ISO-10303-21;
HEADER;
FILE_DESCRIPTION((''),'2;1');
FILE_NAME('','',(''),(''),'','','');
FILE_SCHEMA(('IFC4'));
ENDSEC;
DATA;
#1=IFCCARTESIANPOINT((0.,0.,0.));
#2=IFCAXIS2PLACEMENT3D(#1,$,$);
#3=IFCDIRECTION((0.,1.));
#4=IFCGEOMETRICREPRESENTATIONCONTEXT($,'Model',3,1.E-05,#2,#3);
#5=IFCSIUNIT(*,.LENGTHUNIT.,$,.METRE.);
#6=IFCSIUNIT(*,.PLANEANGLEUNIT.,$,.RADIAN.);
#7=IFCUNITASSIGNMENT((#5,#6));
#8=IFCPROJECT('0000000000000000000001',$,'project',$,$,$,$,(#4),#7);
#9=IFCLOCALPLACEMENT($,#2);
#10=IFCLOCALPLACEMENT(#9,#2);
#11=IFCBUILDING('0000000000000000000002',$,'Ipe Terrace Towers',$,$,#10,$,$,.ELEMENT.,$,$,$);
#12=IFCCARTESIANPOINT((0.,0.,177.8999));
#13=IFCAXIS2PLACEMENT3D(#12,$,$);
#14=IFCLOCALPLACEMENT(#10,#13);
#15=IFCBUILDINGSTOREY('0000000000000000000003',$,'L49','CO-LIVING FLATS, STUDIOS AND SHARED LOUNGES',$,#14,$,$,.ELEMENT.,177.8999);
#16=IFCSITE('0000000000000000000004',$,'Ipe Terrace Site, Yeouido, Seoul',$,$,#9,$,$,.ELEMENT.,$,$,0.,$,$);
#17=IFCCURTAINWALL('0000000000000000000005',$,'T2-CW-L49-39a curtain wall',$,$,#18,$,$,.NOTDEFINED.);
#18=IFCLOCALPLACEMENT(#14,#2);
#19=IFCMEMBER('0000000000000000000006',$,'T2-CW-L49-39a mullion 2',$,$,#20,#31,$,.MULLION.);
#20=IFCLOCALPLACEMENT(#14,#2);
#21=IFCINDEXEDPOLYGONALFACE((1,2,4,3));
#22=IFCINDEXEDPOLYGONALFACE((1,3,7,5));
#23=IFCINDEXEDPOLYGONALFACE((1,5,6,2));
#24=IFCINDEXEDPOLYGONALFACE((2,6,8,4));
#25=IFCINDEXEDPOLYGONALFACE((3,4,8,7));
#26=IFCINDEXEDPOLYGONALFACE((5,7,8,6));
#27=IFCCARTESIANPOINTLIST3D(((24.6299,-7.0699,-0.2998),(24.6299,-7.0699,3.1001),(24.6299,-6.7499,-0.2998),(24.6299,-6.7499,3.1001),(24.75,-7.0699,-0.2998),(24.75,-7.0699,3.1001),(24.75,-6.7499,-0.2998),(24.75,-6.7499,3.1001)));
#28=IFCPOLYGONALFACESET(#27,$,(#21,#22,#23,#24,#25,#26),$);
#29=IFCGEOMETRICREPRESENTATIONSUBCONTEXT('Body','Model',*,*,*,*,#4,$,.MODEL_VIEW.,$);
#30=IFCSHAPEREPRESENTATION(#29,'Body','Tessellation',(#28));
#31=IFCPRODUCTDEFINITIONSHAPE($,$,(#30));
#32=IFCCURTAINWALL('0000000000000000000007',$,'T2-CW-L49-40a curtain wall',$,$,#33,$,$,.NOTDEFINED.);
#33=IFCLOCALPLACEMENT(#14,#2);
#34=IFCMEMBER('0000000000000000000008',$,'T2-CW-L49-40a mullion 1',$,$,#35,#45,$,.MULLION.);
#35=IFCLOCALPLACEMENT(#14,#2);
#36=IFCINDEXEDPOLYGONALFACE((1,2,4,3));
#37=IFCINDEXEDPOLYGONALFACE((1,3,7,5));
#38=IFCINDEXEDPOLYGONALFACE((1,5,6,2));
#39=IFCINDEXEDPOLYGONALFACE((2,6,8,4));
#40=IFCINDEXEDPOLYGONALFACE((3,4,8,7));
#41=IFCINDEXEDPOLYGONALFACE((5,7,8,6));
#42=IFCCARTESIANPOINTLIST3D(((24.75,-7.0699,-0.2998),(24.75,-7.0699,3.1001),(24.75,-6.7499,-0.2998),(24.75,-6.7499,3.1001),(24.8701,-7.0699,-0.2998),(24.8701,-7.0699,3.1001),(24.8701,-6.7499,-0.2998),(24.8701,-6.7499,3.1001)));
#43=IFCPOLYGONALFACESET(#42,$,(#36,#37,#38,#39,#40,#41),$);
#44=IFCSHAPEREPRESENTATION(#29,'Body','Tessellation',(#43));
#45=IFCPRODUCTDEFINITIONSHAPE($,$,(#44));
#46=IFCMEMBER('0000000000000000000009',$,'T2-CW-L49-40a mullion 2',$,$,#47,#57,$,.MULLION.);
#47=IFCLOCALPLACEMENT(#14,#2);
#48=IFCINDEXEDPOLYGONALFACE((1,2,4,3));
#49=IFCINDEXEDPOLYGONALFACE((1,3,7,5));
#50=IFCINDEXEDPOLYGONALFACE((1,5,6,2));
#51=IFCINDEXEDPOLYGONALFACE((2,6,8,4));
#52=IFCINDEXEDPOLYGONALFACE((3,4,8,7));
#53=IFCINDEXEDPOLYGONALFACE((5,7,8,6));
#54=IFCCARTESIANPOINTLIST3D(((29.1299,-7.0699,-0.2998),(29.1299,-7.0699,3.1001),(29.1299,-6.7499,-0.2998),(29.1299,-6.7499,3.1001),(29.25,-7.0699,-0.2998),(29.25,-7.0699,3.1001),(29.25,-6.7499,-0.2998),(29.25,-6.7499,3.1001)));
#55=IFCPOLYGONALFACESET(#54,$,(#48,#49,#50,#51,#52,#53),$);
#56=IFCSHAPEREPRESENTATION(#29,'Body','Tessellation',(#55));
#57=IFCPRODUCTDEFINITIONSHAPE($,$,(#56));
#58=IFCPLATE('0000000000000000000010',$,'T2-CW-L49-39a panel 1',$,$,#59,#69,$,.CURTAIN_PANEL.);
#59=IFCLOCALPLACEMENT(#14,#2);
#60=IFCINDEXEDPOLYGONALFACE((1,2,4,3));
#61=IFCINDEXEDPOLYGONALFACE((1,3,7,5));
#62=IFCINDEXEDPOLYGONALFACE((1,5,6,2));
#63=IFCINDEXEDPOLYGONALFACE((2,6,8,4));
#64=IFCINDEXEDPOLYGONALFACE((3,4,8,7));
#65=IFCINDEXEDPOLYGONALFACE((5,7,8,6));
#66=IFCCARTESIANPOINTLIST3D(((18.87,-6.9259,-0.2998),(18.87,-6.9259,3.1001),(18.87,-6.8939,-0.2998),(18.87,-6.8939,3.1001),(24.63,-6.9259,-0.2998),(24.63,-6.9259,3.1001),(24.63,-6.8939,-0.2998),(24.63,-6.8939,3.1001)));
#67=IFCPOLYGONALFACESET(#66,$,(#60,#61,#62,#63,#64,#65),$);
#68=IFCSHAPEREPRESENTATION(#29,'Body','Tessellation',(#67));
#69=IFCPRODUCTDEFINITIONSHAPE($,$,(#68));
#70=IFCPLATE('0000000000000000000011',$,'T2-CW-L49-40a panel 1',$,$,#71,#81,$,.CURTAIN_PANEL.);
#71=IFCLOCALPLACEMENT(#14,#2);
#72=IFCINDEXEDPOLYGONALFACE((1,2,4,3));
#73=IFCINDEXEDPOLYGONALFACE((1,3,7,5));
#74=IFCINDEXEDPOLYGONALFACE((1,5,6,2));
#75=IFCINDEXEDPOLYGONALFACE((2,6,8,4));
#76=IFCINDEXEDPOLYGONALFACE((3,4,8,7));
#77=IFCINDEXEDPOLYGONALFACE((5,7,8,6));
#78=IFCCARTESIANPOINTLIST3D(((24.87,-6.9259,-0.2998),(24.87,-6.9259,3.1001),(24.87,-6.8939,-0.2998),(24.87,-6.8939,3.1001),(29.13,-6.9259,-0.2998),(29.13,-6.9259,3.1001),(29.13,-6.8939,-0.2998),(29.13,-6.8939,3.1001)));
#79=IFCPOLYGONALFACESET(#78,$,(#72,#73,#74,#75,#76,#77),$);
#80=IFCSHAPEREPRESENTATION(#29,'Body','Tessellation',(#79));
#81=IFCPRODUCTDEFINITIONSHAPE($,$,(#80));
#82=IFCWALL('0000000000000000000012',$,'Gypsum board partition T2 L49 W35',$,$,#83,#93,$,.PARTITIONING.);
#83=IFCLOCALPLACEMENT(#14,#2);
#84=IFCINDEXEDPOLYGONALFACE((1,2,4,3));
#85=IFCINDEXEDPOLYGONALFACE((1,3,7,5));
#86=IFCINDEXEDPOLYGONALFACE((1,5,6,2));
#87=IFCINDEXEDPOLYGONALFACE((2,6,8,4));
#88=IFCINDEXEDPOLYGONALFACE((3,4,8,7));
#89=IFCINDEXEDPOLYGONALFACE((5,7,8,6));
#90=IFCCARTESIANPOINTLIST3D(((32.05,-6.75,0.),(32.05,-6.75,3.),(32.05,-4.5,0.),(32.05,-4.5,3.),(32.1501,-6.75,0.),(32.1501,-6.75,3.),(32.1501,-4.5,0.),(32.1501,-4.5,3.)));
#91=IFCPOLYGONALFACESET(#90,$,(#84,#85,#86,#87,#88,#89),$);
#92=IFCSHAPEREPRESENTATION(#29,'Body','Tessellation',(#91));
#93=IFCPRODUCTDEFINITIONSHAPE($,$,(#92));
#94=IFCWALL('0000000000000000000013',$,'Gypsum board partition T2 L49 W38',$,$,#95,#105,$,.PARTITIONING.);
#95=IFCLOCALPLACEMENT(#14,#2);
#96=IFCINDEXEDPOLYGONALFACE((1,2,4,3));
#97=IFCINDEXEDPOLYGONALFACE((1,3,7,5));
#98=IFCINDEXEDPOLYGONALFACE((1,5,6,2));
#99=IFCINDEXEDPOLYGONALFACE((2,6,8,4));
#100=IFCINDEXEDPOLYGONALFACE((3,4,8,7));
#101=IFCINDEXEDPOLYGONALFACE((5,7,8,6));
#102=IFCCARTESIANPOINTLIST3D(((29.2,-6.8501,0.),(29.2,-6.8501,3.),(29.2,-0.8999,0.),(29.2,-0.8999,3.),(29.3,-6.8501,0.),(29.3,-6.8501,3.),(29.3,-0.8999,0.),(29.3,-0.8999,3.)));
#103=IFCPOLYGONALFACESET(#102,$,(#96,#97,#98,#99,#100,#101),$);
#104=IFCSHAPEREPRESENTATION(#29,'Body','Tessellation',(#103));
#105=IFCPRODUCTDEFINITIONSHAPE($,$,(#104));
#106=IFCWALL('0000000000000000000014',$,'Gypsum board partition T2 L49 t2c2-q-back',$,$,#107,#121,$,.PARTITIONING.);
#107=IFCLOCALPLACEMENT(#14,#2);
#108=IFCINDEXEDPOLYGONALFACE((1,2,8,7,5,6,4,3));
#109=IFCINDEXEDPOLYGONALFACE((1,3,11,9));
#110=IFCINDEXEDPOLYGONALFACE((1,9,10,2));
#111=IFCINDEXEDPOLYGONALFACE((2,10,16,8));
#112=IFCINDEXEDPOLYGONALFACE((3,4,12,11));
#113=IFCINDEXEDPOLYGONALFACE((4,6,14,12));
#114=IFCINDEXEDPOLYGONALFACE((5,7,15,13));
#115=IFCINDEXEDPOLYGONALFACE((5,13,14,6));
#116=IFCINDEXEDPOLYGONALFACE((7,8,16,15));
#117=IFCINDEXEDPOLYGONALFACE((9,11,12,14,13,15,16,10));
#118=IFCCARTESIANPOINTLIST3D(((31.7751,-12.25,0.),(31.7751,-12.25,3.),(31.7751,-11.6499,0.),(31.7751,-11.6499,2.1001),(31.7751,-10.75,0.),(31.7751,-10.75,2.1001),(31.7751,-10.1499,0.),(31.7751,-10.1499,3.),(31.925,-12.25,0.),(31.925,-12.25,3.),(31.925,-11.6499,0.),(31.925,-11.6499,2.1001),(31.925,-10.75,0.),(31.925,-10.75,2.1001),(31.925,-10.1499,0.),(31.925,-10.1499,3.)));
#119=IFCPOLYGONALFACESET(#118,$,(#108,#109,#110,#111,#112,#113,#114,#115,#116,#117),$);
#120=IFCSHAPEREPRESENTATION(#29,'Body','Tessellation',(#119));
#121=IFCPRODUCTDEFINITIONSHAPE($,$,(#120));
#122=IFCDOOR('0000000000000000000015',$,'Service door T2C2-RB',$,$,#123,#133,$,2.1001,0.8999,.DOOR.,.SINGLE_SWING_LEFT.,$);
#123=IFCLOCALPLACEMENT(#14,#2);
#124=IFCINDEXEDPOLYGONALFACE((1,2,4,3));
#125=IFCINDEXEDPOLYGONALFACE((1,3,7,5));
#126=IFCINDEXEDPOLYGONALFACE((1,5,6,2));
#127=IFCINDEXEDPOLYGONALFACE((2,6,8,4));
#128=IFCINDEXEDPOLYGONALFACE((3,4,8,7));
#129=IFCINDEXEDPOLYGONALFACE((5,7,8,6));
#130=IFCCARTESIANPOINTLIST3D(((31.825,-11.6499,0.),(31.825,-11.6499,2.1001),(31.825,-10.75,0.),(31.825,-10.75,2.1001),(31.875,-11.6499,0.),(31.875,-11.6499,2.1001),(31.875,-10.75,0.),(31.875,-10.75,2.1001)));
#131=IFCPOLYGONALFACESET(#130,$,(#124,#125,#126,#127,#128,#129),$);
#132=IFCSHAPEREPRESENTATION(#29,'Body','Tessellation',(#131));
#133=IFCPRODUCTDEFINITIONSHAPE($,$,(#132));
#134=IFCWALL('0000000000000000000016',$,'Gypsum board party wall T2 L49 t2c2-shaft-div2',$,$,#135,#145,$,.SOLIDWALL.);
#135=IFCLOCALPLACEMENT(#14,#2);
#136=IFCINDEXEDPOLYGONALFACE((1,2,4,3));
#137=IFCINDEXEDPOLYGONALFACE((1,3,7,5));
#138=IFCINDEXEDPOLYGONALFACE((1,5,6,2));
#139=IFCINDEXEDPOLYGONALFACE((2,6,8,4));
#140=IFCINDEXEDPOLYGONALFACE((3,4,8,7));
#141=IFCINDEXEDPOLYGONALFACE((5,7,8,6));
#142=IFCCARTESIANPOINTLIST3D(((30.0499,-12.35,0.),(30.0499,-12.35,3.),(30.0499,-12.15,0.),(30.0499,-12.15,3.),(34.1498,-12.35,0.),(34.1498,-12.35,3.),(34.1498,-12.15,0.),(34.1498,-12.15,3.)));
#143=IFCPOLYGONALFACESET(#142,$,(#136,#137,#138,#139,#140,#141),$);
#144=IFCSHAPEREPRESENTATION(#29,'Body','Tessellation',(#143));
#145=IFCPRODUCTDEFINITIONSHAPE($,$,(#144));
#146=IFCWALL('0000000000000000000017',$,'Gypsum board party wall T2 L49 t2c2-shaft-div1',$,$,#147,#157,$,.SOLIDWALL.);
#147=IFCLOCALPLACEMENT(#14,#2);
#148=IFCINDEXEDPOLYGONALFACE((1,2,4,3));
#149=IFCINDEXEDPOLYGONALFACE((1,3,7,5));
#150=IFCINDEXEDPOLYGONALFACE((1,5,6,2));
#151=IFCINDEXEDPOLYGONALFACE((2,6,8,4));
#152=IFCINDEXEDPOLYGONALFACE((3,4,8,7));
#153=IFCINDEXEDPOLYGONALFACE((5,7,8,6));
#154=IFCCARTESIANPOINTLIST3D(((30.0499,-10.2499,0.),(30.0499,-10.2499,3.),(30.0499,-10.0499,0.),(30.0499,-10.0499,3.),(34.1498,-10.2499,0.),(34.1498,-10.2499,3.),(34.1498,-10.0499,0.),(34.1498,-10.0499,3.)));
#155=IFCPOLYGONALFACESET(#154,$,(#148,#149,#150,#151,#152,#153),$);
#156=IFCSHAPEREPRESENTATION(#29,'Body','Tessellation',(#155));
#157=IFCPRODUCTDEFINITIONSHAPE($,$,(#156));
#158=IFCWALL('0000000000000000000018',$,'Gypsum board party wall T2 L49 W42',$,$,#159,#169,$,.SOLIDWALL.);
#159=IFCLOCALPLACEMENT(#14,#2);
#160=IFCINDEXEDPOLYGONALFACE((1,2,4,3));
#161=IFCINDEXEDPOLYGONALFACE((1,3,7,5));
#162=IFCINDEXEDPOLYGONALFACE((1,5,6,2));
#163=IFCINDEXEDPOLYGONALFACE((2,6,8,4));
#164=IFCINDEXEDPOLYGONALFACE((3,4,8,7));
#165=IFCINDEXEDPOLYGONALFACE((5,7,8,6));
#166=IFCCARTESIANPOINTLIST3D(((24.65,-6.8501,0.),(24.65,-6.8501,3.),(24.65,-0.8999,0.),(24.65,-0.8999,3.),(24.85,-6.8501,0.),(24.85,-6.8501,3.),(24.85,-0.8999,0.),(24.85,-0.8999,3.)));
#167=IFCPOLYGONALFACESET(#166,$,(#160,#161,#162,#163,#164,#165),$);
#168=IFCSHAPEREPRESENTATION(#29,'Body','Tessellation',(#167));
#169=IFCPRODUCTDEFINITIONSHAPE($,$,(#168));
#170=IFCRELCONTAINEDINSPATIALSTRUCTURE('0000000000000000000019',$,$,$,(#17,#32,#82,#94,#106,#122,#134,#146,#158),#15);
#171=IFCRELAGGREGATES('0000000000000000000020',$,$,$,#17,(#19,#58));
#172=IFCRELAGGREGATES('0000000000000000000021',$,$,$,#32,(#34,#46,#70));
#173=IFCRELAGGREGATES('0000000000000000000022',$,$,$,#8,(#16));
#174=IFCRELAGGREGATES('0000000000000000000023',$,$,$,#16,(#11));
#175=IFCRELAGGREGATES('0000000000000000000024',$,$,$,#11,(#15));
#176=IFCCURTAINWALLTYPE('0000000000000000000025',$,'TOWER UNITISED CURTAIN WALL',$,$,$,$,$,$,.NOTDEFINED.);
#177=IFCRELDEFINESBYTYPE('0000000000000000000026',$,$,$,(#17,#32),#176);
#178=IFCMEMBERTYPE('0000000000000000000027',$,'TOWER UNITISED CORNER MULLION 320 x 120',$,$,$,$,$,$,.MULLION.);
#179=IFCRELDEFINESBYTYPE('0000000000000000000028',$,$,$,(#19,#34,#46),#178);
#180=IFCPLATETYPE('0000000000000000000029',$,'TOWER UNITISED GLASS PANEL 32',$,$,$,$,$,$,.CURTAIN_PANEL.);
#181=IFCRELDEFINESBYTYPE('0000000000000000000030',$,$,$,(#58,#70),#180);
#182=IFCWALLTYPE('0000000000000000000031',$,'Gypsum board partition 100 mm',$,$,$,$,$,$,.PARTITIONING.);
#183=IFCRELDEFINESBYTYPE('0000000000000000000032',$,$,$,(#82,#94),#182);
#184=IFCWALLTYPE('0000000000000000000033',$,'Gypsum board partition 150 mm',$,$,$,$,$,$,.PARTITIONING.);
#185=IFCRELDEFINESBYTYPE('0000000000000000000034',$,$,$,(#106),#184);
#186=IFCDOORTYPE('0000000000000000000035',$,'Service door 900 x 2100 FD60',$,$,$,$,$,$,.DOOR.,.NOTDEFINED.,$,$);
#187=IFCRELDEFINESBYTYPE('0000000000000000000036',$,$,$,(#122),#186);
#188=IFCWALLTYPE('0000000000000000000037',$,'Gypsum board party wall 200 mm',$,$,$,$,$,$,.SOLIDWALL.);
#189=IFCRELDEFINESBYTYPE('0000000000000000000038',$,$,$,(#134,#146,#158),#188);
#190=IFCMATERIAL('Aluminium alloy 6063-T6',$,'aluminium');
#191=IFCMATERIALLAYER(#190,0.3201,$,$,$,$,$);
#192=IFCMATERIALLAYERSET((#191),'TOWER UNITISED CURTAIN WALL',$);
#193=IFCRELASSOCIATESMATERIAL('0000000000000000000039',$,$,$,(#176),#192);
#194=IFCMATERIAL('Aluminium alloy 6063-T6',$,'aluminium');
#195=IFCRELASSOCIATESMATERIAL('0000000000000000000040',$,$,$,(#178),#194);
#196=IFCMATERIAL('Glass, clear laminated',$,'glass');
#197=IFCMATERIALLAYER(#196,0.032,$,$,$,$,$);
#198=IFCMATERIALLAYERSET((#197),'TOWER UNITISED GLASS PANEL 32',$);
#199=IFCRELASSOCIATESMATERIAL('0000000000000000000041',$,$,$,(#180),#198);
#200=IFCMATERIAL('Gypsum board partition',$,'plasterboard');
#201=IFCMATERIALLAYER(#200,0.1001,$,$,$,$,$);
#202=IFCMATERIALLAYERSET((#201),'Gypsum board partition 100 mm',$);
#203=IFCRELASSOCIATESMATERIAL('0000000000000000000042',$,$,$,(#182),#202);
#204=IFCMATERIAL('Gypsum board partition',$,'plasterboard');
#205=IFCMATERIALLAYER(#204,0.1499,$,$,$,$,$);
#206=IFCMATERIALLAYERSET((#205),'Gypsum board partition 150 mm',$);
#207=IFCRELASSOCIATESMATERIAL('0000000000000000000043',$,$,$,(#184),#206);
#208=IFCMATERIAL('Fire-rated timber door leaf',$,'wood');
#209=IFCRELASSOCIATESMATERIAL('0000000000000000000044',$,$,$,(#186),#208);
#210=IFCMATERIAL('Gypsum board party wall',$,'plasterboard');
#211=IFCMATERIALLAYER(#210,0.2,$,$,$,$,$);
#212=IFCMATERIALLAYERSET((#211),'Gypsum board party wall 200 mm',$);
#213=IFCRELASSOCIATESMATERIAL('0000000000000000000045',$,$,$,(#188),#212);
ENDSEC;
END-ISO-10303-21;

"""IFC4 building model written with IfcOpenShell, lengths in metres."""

from ifc_helpers import new_model, si_unit, direction, frame, frame_2d, origin, origin_2d, place, context, subcontext, project, spatial, rectangle, extrude, material, layer, layer_set, material_profile, profile_set, type_object, element, fill, aggregate, save


model = new_model("IFC4")

# Units and contexts
model_context = context("Model", 3, precision=1e-05, world=origin(), true_north=direction((0.0, 1.0)))
body_context = subcontext(model_context, "Body", "Model", "MODEL_VIEW")
ifc_project = project(units=[si_unit("LENGTHUNIT", "METRE"), si_unit("PLANEANGLEUNIT", "RADIAN")], contexts=[model_context])

# Site, building, storey
site_placement = place(None, origin())
site = spatial("IfcSite", under=ifc_project, at=site_placement, Name="Ipe Terrace Site, Yeouido, Seoul", CompositionType="ELEMENT", RefElevation=0.0)
building_placement = place(site_placement, origin())
building = spatial("IfcBuilding", under=site, at=building_placement, Name="Ipe Terrace Towers", CompositionType="ELEMENT")
storey_placement = place(building_placement, frame((0.0, 0.0, 177.8999)))
storey = spatial("IfcBuildingStorey", under=building, at=storey_placement, Name="L49", Description="CO-LIVING FLATS, STUDIOS AND SHARED LOUNGES", CompositionType="ELEMENT", Elevation=177.8999)

# Curtain wall, member
ifc_material_1 = material(Name="Aluminium alloy 6063-T6", Category="aluminium")
ifc_layer_1 = layer(ifc_material_1, 0.3201)
ifc_layer_set_1 = layer_set([ifc_layer_1], Name="TOWER UNITISED CURTAIN WALL")
curtain_wall_type = type_object("IfcCurtainWallType", Name="TOWER UNITISED CURTAIN WALL", PredefinedType="NOTDEFINED", material=ifc_layer_set_1)
curtain_wall_1_placement = place(storey_placement, origin())
curtain_wall_1 = element("IfcCurtainWall", 1, at=curtain_wall_1_placement, inside=storey, type_object=curtain_wall_type, Name="T2-CW-L49-39a curtain wall", PredefinedType="NOTDEFINED")
ifc_material_2 = material(Name="Aluminium alloy 6063-T6", Category="aluminium")
ifc_material_profile = material_profile(ifc_material_2, rectangle(XDim=0.3201, YDim=0.1201, at=origin_2d()), Name="TOWER UNITISED CORNER MULLION 320 x 120")
ifc_profile_set = profile_set([ifc_material_profile], Name="Aluminium alloy 6063-T6")
member_type = type_object("IfcMemberType", Name="TOWER UNITISED CORNER MULLION 320 x 120", PredefinedType="MULLION", material=ifc_profile_set)
member_1_placement = place(storey_placement, frame((24.6899, -6.9099, -0.2998), z_axis=(0.0, 0.0, 1.0), x_axis=(0.0, -1.0, 0.0)))
member_1 = element("IfcMember", 2, at=member_1_placement, type_object=member_type, Name="T2-CW-L49-39a mullion 2", PredefinedType="MULLION", context=body_context, shape_type="SweptSolid", body=[
    extrude(rectangle(XDim=0.3201, YDim=0.1201, at=origin_2d()), origin(), (0.0, 0.0, 1.0), 3.3999),
])

# Curtain wall, members
curtain_wall_2_placement = place(storey_placement, origin())
curtain_wall_2 = element("IfcCurtainWall", 3, at=curtain_wall_2_placement, inside=storey, type_object=curtain_wall_type, Name="T2-CW-L49-40a curtain wall", PredefinedType="NOTDEFINED")
member_2_placement = place(storey_placement, frame((24.8101, -6.9099, -0.2998), z_axis=(0.0, 0.0, 1.0), x_axis=(0.0, -1.0, 0.0)))
member_2 = element("IfcMember", 4, at=member_2_placement, type_object=member_type, Name="T2-CW-L49-40a mullion 1", PredefinedType="MULLION", context=body_context, shape_type="SweptSolid", body=[
    extrude(rectangle(XDim=0.3201, YDim=0.1201, at=origin_2d()), origin(), (0.0, 0.0, 1.0), 3.3999),
])
member_3_placement = place(storey_placement, frame((29.1899, -6.9099, -0.2998), z_axis=(0.0, 0.0, 1.0), x_axis=(0.0, -1.0, 0.0)))
member_3 = element("IfcMember", 5, at=member_3_placement, type_object=member_type, Name="T2-CW-L49-40a mullion 2", PredefinedType="MULLION", context=body_context, shape_type="SweptSolid", body=[
    extrude(rectangle(XDim=0.3201, YDim=0.1201, at=origin_2d()), origin(), (0.0, 0.0, 1.0), 3.3999),
])

# Plates
ifc_material_3 = material(Name="Glass, clear laminated", Category="glass")
ifc_layer_2 = layer(ifc_material_3, 0.032)
ifc_layer_set_2 = layer_set([ifc_layer_2], Name="TOWER UNITISED GLASS PANEL 32")
plate_type = type_object("IfcPlateType", Name="TOWER UNITISED GLASS PANEL 32", PredefinedType="CURTAIN_PANEL", material=ifc_layer_set_2)
plate_1_placement = place(storey_placement, frame((21.75, -6.9099, -0.2998), z_axis=(0.0, 0.0, 1.0), x_axis=(1.0, 0.0, 0.0)))
plate_1 = element("IfcPlate", 6, at=plate_1_placement, type_object=plate_type, Name="T2-CW-L49-39a panel 1", PredefinedType="CURTAIN_PANEL", context=body_context, shape_type="SweptSolid", body=[
    extrude(rectangle(XDim=5.76, YDim=0.032, at=origin_2d()), origin(), (0.0, 0.0, 1.0), 3.3999),
])
aggregate(curtain_wall_1, [member_1, plate_1])
plate_2_placement = place(storey_placement, frame((27.0, -6.9099, -0.2998), z_axis=(0.0, 0.0, 1.0), x_axis=(1.0, 0.0, 0.0)))
plate_2 = element("IfcPlate", 7, at=plate_2_placement, type_object=plate_type, Name="T2-CW-L49-40a panel 1", PredefinedType="CURTAIN_PANEL", context=body_context, shape_type="SweptSolid", body=[
    extrude(rectangle(XDim=4.26, YDim=0.032, at=origin_2d()), origin(), (0.0, 0.0, 1.0), 3.3999),
])
aggregate(curtain_wall_2, [member_2, member_3, plate_2])

# Walls
ifc_material_4 = material(Name="Gypsum board partition", Category="plasterboard")
ifc_layer_3 = layer(ifc_material_4, 0.1001)
ifc_layer_set_3 = layer_set([ifc_layer_3], Name="Gypsum board partition 100 mm")
wall_type_1 = type_object("IfcWallType", Name="Gypsum board partition 100 mm", PredefinedType="PARTITIONING", material=ifc_layer_set_3)
wall_1_placement = place(storey_placement, frame((32.1001, -6.75, 0.0), z_axis=(0.0, 0.0, 1.0), x_axis=(0.0, 1.0, 0.0)))
element("IfcWall", 8, at=wall_1_placement, inside=storey, type_object=wall_type_1, Name="Gypsum board partition T2 L49 W35", PredefinedType="PARTITIONING", context=body_context, shape_type="SweptSolid", body=[
    extrude(rectangle(XDim=2.25, YDim=0.1001, at=frame_2d((1.125, 0.0))), origin(), (0.0, 0.0, 1.0), 3.0),
])
wall_2_placement = place(storey_placement, frame((29.25, -6.8501, 0.0), z_axis=(0.0, 0.0, 1.0), x_axis=(0.0, 1.0, 0.0)))
element("IfcWall", 9, at=wall_2_placement, inside=storey, type_object=wall_type_1, Name="Gypsum board partition T2 L49 W38", PredefinedType="PARTITIONING", context=body_context, shape_type="SweptSolid", body=[
    extrude(rectangle(XDim=5.9502, YDim=0.1001, at=frame_2d((2.9751, 0.0))), origin(), (0.0, 0.0, 1.0), 3.0),
])

# Wall, opening, door
ifc_material_5 = material(Name="Gypsum board partition", Category="plasterboard")
ifc_layer_4 = layer(ifc_material_5, 0.1499)
ifc_layer_set_4 = layer_set([ifc_layer_4], Name="Gypsum board partition 150 mm")
wall_type_2 = type_object("IfcWallType", Name="Gypsum board partition 150 mm", PredefinedType="PARTITIONING", material=ifc_layer_set_4)
wall_3_placement = place(storey_placement, frame((31.8501, -10.1499, 0.0), z_axis=(0.0, 0.0, 1.0), x_axis=(0.0, -1.0, 0.0)))
wall_3 = element("IfcWall", 10, at=wall_3_placement, inside=storey, type_object=wall_type_2, Name="Gypsum board partition T2 L49 t2c2-q-back", PredefinedType="PARTITIONING", context=body_context, shape_type="SweptSolid", body=[
    extrude(rectangle(XDim=2.1001, YDim=0.1499, at=frame_2d((1.05, 0.0))), origin(), (0.0, 0.0, 1.0), 3.0),
])
opening_1_placement = place(wall_3_placement, frame((0.6001, 0.0, 0.0)))
opening_1 = element("IfcOpeningElement", 11, at=opening_1_placement, cuts=wall_3, PredefinedType="OPENING", context=body_context, shape_type="SweptSolid", body=[
    extrude(rectangle(XDim=0.8999, YDim=2.1001, at=frame_2d((0.45, 1.05))), frame((0.0, 0.085, 0.0), z_axis=(0.0, -1.0, 0.0), x_axis=(1.0, 0.0, 0.0)), (0.0, 0.0, 1.0), 0.1699),
])
ifc_material_6 = material(Name="Fire-rated timber door leaf", Category="wood")
door_type = type_object("IfcDoorType", Name="Service door 900 x 2100 FD60", OperationType="NOTDEFINED", PredefinedType="DOOR", material=ifc_material_6)
door_placement = place(opening_1_placement, origin())
door = element("IfcDoor", 12, at=door_placement, inside=storey, type_object=door_type, Name="Service door T2C2-RB", OperationType="SINGLE_SWING_LEFT", OverallHeight=2.1001, OverallWidth=0.8999, PredefinedType="DOOR", context=body_context, shape_type="SweptSolid", body=[
    extrude(rectangle(XDim=0.8999, YDim=2.1001, at=frame_2d((0.45, 1.05))), frame((0.0, 0.0249, 0.0), z_axis=(0.0, -1.0, 0.0), x_axis=(1.0, 0.0, 0.0)), (0.0, 0.0, 1.0), 0.05),
])
fill(opening_1, door)

# Walls
ifc_material_7 = material(Name="Gypsum board party wall", Category="plasterboard")
ifc_layer_5 = layer(ifc_material_7, 0.2)
ifc_layer_set_5 = layer_set([ifc_layer_5], Name="Gypsum board party wall 200 mm")
wall_type_3 = type_object("IfcWallType", Name="Gypsum board party wall 200 mm", PredefinedType="SOLIDWALL", material=ifc_layer_set_5)
for number, where, z_axis, x_axis, name in (
    (13, (30.05, -12.25, 0.0), (0.0, 0.0, 1.0), (1.0, 0.0, 0.0), "Gypsum board party wall T2 L49 t2c2-shaft-div2"),
    (14, (30.05, -10.1499, 0.0), (0.0, 0.0, 1.0), (1.0, 0.0, 0.0), "Gypsum board party wall T2 L49 t2c2-shaft-div1"),
):
    element("IfcWall", number, at=place(storey_placement, frame(where, z_axis=z_axis, x_axis=x_axis)), inside=storey, type_object=wall_type_3, Name=name, PredefinedType="SOLIDWALL", context=body_context, shape_type="SweptSolid", body=[
        extrude(rectangle(XDim=4.0999, YDim=0.2, at=frame_2d((2.0498, 0.0))), origin(), (0.0, 0.0, 1.0), 3.0),
    ])
wall_4_placement = place(storey_placement, frame((24.75, -6.8501, 0.0), z_axis=(0.0, 0.0, 1.0), x_axis=(0.0, 1.0, 0.0)))
element("IfcWall", 15, at=wall_4_placement, inside=storey, type_object=wall_type_3, Name="Gypsum board party wall T2 L49 W42", PredefinedType="SOLIDWALL", context=body_context, shape_type="SweptSolid", body=[
    extrude(rectangle(XDim=5.9502, YDim=0.2, at=frame_2d((2.9751, 0.0))), origin(), (0.0, 0.0, 1.0), 3.0),
])

save(model, "model.ifc")
